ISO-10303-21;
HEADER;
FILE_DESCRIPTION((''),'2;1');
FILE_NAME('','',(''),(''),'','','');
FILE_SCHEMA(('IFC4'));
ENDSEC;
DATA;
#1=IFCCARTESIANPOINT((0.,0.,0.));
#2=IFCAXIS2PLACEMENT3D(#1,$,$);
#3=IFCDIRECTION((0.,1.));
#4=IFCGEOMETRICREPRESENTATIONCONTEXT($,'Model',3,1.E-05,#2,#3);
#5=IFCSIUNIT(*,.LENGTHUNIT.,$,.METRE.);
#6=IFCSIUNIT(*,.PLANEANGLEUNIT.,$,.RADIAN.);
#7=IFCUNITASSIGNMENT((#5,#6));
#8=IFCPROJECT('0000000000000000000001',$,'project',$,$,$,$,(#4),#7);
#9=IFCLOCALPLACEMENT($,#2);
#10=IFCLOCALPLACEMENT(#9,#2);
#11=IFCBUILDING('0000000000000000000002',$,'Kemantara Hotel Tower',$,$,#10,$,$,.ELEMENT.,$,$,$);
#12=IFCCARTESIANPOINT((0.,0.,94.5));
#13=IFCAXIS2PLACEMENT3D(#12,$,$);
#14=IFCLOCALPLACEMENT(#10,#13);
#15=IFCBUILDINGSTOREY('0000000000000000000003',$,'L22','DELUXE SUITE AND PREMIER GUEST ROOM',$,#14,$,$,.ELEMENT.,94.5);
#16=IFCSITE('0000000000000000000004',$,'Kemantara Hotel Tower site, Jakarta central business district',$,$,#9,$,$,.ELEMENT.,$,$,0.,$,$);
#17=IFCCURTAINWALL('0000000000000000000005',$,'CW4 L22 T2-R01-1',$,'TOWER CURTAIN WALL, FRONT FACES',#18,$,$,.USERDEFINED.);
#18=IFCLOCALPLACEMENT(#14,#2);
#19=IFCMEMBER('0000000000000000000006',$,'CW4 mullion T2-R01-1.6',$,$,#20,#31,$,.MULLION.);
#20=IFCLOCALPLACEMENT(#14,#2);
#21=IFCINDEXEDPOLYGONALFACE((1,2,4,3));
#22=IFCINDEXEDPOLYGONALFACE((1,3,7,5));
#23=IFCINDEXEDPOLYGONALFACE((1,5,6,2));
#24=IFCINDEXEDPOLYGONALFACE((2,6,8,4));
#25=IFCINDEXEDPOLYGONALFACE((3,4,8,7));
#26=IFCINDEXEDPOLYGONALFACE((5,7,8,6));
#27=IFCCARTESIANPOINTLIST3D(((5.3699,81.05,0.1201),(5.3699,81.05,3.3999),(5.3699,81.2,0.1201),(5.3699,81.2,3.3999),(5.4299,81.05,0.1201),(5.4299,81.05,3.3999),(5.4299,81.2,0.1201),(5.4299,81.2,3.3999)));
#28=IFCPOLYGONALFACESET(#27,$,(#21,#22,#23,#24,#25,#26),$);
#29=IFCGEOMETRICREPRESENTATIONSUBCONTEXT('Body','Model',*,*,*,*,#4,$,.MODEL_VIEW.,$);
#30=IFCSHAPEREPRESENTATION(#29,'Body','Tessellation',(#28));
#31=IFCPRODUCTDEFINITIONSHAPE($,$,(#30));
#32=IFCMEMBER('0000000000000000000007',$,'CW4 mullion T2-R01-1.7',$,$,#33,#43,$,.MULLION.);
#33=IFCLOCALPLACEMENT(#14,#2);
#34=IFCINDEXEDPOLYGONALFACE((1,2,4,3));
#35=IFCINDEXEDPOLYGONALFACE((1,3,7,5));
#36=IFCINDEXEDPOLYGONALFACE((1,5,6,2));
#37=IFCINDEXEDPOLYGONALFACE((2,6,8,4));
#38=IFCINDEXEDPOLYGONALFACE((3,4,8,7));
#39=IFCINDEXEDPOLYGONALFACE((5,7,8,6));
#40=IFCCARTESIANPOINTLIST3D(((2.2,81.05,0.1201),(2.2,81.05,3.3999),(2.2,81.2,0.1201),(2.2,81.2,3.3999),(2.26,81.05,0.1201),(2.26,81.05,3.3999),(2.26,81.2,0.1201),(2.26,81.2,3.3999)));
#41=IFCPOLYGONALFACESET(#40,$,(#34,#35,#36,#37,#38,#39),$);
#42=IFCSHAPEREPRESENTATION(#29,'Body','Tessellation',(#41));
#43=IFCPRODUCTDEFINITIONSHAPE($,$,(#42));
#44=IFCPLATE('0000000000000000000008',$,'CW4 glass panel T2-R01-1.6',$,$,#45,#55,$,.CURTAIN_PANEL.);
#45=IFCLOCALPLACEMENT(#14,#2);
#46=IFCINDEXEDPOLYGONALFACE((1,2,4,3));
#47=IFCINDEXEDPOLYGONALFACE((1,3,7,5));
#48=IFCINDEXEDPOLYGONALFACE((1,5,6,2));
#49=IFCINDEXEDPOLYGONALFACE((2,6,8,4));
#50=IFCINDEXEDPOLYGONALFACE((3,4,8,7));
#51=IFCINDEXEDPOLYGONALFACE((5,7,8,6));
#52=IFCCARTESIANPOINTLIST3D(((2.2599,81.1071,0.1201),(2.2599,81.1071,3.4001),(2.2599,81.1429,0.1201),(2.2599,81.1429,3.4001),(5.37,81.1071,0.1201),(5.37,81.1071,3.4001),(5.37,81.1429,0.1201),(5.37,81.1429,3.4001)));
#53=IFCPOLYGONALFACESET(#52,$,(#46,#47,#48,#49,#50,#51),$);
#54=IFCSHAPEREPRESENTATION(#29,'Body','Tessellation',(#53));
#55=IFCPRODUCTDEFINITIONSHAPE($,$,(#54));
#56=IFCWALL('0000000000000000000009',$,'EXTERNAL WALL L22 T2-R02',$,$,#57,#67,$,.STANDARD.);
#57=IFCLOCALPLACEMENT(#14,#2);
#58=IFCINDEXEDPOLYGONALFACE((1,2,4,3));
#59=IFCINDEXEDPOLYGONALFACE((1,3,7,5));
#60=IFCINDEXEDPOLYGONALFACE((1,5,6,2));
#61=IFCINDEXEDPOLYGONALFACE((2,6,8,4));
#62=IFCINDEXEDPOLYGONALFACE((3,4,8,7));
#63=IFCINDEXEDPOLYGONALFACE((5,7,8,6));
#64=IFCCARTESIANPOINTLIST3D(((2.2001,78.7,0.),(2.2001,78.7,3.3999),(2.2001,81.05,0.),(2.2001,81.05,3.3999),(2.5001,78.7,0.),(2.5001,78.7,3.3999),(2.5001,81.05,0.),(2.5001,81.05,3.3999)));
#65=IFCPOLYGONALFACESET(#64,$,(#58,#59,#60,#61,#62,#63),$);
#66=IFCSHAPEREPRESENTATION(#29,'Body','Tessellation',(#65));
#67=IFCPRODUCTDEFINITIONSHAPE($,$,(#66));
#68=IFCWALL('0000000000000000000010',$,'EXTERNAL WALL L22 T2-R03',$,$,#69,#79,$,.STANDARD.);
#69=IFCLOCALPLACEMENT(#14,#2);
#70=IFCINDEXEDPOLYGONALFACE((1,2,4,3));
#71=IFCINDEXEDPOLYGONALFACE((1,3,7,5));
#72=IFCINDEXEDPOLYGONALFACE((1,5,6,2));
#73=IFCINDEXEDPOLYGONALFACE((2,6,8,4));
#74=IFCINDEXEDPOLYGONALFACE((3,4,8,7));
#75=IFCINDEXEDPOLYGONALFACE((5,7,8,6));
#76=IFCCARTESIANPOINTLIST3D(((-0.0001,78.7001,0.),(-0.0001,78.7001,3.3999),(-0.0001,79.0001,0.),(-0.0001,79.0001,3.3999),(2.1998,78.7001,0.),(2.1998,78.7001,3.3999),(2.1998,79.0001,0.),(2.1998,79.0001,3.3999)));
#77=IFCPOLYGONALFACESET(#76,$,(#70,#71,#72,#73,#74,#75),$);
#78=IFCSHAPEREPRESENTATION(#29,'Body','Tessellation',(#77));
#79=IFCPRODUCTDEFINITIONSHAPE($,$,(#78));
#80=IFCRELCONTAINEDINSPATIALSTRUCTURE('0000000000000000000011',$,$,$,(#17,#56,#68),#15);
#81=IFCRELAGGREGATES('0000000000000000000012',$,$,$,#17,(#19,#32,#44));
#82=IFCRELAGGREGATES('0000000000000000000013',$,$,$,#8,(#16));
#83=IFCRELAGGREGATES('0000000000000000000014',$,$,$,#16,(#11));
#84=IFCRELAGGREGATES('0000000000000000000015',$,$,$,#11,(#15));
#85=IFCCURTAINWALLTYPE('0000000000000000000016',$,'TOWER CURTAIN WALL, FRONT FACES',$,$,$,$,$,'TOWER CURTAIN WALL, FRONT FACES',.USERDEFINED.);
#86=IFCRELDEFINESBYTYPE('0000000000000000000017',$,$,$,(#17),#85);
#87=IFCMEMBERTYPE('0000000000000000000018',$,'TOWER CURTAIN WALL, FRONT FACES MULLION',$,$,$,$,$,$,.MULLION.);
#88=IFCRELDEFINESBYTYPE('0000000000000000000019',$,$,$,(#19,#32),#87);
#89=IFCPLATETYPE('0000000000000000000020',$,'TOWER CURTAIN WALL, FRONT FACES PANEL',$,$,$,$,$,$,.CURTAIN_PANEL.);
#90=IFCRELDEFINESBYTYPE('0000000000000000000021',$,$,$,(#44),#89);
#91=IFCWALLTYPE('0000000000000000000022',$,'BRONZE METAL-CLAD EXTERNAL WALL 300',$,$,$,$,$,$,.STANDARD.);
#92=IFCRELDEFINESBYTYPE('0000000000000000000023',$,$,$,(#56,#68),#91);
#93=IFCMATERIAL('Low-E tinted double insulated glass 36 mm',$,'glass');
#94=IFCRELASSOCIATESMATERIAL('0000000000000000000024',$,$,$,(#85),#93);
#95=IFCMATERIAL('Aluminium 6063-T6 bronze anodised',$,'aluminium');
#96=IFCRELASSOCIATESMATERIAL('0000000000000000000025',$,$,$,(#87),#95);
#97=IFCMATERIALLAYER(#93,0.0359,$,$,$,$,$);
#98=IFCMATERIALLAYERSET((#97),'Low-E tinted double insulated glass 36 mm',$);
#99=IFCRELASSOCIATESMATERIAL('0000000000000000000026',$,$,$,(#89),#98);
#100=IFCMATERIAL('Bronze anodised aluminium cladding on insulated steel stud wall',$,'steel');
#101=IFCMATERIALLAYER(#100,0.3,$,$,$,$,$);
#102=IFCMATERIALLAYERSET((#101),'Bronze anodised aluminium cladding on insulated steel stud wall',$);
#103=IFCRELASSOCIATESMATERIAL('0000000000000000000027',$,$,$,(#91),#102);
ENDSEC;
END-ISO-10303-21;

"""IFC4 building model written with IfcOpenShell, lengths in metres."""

from ifc_helpers import new_model, si_unit, direction, frame, frame_2d, origin, origin_2d, place, context, subcontext, project, spatial, rectangle, extrude, source, transform, mapped, material, layer, layer_set, material_profile, profile_set, type_object, element, aggregate, save


model = new_model("IFC4")

# Units and contexts
model_context = context("Model", 3, precision=1e-05, world=origin(), true_north=direction((0.0, 1.0)))
body_context = subcontext(model_context, "Body", "Model", "MODEL_VIEW")
ifc_project = project(units=[si_unit("LENGTHUNIT", "METRE"), si_unit("PLANEANGLEUNIT", "RADIAN")], contexts=[model_context])

# Site, building, storey
site_placement = place(None, origin())
site = spatial("IfcSite", under=ifc_project, at=site_placement, Name="Kemantara Hotel Tower site, Jakarta central business district", CompositionType="ELEMENT", RefElevation=0.0)
building_placement = place(site_placement, origin())
building = spatial("IfcBuilding", under=site, at=building_placement, Name="Kemantara Hotel Tower", CompositionType="ELEMENT")
storey_placement = place(building_placement, frame((0.0, 0.0, 94.5)))
storey = spatial("IfcBuildingStorey", under=building, at=storey_placement, Name="L22", Description="DELUXE SUITE AND PREMIER GUEST ROOM", CompositionType="ELEMENT", Elevation=94.5)

# Curtain wall, members, plate
ifc_material_1 = material(Name="Low-E tinted double insulated glass 36 mm", Category="glass")
curtain_wall_type = type_object("IfcCurtainWallType", Name="TOWER CURTAIN WALL, FRONT FACES", ElementType="TOWER CURTAIN WALL, FRONT FACES", PredefinedType="USERDEFINED", material=ifc_material_1)
curtain_wall_placement = place(storey_placement, origin())
curtain_wall = element("IfcCurtainWall", 1, at=curtain_wall_placement, inside=storey, type_object=curtain_wall_type, Name="CW4 L22 T2-R01-1", ObjectType="TOWER CURTAIN WALL, FRONT FACES", PredefinedType="USERDEFINED")
ifc_material_2 = material(Name="Aluminium 6063-T6 bronze anodised", Category="aluminium")
ifc_material_profile = material_profile(ifc_material_2, rectangle(XDim=0.1499, YDim=0.0601, at=origin_2d()), Name="TOWER CURTAIN WALL, FRONT FACES MULLION")
ifc_profile_set = profile_set([ifc_material_profile], Name="Aluminium 6063-T6 bronze anodised")
member_type = type_object("IfcMemberType", Name="TOWER CURTAIN WALL, FRONT FACES MULLION", PredefinedType="MULLION", material=ifc_profile_set)
shared_shape_1 = source(origin(), body_context, "Body", "SweptSolid", [
    extrude(rectangle(XDim=0.1499, YDim=0.0601, at=origin_2d()), origin(), (0.0, 0.0, 1.0), 3.2798),
])
member_1_placement = place(storey_placement, frame((5.3999, 81.125, 0.1201), z_axis=(0.0, 0.0, 1.0), x_axis=(0.0, -1.0, 0.0)))
member_1 = element("IfcMember", 2, at=member_1_placement, type_object=member_type, Name="CW4 mullion T2-R01-1.6", PredefinedType="MULLION", context=body_context, shape_type="MappedRepresentation", body=[
    mapped(shared_shape_1, transform((0.0, 0.0, 0.0))),
])
member_2_placement = place(storey_placement, frame((2.23, 81.125, 0.1201), z_axis=(0.0, 0.0, 1.0), x_axis=(0.0, -1.0, 0.0)))
member_2 = element("IfcMember", 3, at=member_2_placement, type_object=member_type, Name="CW4 mullion T2-R01-1.7", PredefinedType="MULLION", context=body_context, shape_type="MappedRepresentation", body=[
    mapped(shared_shape_1, transform((0.0, 0.0, 0.0))),
])
ifc_layer_1 = layer(ifc_material_1, 0.0359)
ifc_layer_set_1 = layer_set([ifc_layer_1], Name="Low-E tinted double insulated glass 36 mm")
plate_type = type_object("IfcPlateType", Name="TOWER CURTAIN WALL, FRONT FACES PANEL", PredefinedType="CURTAIN_PANEL", material=ifc_layer_set_1)
shared_shape_2 = source(origin(), body_context, "Body", "SweptSolid", [
    extrude(rectangle(XDim=3.1101, YDim=0.0359, at=origin_2d()), origin(), (0.0, 0.0, 1.0), 3.28),
])
plate_placement = place(storey_placement, frame((3.8149, 81.125, 0.1201), z_axis=(0.0, 0.0, 1.0), x_axis=(-1.0, 0.0, 0.0)))
plate = element("IfcPlate", 4, at=plate_placement, type_object=plate_type, Name="CW4 glass panel T2-R01-1.6", PredefinedType="CURTAIN_PANEL", context=body_context, shape_type="MappedRepresentation", body=[
    mapped(shared_shape_2, transform((0.0, 0.0, 0.0))),
])
aggregate(curtain_wall, [member_1, member_2, plate])

# Walls
ifc_material_3 = material(Name="Bronze anodised aluminium cladding on insulated steel stud wall", Category="steel")
ifc_layer_2 = layer(ifc_material_3, 0.3)
ifc_layer_set_2 = layer_set([ifc_layer_2], Name="Bronze anodised aluminium cladding on insulated steel stud wall")
wall_type = type_object("IfcWallType", Name="BRONZE METAL-CLAD EXTERNAL WALL 300", PredefinedType="STANDARD", material=ifc_layer_set_2)
wall_1_placement = place(storey_placement, frame((2.3501, 81.05, 0.0), z_axis=(0.0, 0.0, 1.0), x_axis=(0.0, -1.0, 0.0)))
element("IfcWall", 5, at=wall_1_placement, inside=storey, type_object=wall_type, Name="EXTERNAL WALL L22 T2-R02", PredefinedType="STANDARD", context=body_context, shape_type="SweptSolid", body=[
    extrude(rectangle(XDim=2.3501, YDim=0.3, at=frame_2d((1.175, 0.0))), origin(), (0.0, 0.0, 1.0), 3.3999),
])
wall_2_placement = place(storey_placement, frame((2.2, 78.8501, 0.0), z_axis=(0.0, 0.0, 1.0), x_axis=(-1.0, 0.0, 0.0)))
element("IfcWall", 6, at=wall_2_placement, inside=storey, type_object=wall_type, Name="EXTERNAL WALL L22 T2-R03", PredefinedType="STANDARD", context=body_context, shape_type="SweptSolid", body=[
    extrude(rectangle(XDim=2.2, YDim=0.3, at=frame_2d((1.1001, 0.0))), origin(), (0.0, 0.0, 1.0), 3.3999),
])

save(model, "model.ifc")
